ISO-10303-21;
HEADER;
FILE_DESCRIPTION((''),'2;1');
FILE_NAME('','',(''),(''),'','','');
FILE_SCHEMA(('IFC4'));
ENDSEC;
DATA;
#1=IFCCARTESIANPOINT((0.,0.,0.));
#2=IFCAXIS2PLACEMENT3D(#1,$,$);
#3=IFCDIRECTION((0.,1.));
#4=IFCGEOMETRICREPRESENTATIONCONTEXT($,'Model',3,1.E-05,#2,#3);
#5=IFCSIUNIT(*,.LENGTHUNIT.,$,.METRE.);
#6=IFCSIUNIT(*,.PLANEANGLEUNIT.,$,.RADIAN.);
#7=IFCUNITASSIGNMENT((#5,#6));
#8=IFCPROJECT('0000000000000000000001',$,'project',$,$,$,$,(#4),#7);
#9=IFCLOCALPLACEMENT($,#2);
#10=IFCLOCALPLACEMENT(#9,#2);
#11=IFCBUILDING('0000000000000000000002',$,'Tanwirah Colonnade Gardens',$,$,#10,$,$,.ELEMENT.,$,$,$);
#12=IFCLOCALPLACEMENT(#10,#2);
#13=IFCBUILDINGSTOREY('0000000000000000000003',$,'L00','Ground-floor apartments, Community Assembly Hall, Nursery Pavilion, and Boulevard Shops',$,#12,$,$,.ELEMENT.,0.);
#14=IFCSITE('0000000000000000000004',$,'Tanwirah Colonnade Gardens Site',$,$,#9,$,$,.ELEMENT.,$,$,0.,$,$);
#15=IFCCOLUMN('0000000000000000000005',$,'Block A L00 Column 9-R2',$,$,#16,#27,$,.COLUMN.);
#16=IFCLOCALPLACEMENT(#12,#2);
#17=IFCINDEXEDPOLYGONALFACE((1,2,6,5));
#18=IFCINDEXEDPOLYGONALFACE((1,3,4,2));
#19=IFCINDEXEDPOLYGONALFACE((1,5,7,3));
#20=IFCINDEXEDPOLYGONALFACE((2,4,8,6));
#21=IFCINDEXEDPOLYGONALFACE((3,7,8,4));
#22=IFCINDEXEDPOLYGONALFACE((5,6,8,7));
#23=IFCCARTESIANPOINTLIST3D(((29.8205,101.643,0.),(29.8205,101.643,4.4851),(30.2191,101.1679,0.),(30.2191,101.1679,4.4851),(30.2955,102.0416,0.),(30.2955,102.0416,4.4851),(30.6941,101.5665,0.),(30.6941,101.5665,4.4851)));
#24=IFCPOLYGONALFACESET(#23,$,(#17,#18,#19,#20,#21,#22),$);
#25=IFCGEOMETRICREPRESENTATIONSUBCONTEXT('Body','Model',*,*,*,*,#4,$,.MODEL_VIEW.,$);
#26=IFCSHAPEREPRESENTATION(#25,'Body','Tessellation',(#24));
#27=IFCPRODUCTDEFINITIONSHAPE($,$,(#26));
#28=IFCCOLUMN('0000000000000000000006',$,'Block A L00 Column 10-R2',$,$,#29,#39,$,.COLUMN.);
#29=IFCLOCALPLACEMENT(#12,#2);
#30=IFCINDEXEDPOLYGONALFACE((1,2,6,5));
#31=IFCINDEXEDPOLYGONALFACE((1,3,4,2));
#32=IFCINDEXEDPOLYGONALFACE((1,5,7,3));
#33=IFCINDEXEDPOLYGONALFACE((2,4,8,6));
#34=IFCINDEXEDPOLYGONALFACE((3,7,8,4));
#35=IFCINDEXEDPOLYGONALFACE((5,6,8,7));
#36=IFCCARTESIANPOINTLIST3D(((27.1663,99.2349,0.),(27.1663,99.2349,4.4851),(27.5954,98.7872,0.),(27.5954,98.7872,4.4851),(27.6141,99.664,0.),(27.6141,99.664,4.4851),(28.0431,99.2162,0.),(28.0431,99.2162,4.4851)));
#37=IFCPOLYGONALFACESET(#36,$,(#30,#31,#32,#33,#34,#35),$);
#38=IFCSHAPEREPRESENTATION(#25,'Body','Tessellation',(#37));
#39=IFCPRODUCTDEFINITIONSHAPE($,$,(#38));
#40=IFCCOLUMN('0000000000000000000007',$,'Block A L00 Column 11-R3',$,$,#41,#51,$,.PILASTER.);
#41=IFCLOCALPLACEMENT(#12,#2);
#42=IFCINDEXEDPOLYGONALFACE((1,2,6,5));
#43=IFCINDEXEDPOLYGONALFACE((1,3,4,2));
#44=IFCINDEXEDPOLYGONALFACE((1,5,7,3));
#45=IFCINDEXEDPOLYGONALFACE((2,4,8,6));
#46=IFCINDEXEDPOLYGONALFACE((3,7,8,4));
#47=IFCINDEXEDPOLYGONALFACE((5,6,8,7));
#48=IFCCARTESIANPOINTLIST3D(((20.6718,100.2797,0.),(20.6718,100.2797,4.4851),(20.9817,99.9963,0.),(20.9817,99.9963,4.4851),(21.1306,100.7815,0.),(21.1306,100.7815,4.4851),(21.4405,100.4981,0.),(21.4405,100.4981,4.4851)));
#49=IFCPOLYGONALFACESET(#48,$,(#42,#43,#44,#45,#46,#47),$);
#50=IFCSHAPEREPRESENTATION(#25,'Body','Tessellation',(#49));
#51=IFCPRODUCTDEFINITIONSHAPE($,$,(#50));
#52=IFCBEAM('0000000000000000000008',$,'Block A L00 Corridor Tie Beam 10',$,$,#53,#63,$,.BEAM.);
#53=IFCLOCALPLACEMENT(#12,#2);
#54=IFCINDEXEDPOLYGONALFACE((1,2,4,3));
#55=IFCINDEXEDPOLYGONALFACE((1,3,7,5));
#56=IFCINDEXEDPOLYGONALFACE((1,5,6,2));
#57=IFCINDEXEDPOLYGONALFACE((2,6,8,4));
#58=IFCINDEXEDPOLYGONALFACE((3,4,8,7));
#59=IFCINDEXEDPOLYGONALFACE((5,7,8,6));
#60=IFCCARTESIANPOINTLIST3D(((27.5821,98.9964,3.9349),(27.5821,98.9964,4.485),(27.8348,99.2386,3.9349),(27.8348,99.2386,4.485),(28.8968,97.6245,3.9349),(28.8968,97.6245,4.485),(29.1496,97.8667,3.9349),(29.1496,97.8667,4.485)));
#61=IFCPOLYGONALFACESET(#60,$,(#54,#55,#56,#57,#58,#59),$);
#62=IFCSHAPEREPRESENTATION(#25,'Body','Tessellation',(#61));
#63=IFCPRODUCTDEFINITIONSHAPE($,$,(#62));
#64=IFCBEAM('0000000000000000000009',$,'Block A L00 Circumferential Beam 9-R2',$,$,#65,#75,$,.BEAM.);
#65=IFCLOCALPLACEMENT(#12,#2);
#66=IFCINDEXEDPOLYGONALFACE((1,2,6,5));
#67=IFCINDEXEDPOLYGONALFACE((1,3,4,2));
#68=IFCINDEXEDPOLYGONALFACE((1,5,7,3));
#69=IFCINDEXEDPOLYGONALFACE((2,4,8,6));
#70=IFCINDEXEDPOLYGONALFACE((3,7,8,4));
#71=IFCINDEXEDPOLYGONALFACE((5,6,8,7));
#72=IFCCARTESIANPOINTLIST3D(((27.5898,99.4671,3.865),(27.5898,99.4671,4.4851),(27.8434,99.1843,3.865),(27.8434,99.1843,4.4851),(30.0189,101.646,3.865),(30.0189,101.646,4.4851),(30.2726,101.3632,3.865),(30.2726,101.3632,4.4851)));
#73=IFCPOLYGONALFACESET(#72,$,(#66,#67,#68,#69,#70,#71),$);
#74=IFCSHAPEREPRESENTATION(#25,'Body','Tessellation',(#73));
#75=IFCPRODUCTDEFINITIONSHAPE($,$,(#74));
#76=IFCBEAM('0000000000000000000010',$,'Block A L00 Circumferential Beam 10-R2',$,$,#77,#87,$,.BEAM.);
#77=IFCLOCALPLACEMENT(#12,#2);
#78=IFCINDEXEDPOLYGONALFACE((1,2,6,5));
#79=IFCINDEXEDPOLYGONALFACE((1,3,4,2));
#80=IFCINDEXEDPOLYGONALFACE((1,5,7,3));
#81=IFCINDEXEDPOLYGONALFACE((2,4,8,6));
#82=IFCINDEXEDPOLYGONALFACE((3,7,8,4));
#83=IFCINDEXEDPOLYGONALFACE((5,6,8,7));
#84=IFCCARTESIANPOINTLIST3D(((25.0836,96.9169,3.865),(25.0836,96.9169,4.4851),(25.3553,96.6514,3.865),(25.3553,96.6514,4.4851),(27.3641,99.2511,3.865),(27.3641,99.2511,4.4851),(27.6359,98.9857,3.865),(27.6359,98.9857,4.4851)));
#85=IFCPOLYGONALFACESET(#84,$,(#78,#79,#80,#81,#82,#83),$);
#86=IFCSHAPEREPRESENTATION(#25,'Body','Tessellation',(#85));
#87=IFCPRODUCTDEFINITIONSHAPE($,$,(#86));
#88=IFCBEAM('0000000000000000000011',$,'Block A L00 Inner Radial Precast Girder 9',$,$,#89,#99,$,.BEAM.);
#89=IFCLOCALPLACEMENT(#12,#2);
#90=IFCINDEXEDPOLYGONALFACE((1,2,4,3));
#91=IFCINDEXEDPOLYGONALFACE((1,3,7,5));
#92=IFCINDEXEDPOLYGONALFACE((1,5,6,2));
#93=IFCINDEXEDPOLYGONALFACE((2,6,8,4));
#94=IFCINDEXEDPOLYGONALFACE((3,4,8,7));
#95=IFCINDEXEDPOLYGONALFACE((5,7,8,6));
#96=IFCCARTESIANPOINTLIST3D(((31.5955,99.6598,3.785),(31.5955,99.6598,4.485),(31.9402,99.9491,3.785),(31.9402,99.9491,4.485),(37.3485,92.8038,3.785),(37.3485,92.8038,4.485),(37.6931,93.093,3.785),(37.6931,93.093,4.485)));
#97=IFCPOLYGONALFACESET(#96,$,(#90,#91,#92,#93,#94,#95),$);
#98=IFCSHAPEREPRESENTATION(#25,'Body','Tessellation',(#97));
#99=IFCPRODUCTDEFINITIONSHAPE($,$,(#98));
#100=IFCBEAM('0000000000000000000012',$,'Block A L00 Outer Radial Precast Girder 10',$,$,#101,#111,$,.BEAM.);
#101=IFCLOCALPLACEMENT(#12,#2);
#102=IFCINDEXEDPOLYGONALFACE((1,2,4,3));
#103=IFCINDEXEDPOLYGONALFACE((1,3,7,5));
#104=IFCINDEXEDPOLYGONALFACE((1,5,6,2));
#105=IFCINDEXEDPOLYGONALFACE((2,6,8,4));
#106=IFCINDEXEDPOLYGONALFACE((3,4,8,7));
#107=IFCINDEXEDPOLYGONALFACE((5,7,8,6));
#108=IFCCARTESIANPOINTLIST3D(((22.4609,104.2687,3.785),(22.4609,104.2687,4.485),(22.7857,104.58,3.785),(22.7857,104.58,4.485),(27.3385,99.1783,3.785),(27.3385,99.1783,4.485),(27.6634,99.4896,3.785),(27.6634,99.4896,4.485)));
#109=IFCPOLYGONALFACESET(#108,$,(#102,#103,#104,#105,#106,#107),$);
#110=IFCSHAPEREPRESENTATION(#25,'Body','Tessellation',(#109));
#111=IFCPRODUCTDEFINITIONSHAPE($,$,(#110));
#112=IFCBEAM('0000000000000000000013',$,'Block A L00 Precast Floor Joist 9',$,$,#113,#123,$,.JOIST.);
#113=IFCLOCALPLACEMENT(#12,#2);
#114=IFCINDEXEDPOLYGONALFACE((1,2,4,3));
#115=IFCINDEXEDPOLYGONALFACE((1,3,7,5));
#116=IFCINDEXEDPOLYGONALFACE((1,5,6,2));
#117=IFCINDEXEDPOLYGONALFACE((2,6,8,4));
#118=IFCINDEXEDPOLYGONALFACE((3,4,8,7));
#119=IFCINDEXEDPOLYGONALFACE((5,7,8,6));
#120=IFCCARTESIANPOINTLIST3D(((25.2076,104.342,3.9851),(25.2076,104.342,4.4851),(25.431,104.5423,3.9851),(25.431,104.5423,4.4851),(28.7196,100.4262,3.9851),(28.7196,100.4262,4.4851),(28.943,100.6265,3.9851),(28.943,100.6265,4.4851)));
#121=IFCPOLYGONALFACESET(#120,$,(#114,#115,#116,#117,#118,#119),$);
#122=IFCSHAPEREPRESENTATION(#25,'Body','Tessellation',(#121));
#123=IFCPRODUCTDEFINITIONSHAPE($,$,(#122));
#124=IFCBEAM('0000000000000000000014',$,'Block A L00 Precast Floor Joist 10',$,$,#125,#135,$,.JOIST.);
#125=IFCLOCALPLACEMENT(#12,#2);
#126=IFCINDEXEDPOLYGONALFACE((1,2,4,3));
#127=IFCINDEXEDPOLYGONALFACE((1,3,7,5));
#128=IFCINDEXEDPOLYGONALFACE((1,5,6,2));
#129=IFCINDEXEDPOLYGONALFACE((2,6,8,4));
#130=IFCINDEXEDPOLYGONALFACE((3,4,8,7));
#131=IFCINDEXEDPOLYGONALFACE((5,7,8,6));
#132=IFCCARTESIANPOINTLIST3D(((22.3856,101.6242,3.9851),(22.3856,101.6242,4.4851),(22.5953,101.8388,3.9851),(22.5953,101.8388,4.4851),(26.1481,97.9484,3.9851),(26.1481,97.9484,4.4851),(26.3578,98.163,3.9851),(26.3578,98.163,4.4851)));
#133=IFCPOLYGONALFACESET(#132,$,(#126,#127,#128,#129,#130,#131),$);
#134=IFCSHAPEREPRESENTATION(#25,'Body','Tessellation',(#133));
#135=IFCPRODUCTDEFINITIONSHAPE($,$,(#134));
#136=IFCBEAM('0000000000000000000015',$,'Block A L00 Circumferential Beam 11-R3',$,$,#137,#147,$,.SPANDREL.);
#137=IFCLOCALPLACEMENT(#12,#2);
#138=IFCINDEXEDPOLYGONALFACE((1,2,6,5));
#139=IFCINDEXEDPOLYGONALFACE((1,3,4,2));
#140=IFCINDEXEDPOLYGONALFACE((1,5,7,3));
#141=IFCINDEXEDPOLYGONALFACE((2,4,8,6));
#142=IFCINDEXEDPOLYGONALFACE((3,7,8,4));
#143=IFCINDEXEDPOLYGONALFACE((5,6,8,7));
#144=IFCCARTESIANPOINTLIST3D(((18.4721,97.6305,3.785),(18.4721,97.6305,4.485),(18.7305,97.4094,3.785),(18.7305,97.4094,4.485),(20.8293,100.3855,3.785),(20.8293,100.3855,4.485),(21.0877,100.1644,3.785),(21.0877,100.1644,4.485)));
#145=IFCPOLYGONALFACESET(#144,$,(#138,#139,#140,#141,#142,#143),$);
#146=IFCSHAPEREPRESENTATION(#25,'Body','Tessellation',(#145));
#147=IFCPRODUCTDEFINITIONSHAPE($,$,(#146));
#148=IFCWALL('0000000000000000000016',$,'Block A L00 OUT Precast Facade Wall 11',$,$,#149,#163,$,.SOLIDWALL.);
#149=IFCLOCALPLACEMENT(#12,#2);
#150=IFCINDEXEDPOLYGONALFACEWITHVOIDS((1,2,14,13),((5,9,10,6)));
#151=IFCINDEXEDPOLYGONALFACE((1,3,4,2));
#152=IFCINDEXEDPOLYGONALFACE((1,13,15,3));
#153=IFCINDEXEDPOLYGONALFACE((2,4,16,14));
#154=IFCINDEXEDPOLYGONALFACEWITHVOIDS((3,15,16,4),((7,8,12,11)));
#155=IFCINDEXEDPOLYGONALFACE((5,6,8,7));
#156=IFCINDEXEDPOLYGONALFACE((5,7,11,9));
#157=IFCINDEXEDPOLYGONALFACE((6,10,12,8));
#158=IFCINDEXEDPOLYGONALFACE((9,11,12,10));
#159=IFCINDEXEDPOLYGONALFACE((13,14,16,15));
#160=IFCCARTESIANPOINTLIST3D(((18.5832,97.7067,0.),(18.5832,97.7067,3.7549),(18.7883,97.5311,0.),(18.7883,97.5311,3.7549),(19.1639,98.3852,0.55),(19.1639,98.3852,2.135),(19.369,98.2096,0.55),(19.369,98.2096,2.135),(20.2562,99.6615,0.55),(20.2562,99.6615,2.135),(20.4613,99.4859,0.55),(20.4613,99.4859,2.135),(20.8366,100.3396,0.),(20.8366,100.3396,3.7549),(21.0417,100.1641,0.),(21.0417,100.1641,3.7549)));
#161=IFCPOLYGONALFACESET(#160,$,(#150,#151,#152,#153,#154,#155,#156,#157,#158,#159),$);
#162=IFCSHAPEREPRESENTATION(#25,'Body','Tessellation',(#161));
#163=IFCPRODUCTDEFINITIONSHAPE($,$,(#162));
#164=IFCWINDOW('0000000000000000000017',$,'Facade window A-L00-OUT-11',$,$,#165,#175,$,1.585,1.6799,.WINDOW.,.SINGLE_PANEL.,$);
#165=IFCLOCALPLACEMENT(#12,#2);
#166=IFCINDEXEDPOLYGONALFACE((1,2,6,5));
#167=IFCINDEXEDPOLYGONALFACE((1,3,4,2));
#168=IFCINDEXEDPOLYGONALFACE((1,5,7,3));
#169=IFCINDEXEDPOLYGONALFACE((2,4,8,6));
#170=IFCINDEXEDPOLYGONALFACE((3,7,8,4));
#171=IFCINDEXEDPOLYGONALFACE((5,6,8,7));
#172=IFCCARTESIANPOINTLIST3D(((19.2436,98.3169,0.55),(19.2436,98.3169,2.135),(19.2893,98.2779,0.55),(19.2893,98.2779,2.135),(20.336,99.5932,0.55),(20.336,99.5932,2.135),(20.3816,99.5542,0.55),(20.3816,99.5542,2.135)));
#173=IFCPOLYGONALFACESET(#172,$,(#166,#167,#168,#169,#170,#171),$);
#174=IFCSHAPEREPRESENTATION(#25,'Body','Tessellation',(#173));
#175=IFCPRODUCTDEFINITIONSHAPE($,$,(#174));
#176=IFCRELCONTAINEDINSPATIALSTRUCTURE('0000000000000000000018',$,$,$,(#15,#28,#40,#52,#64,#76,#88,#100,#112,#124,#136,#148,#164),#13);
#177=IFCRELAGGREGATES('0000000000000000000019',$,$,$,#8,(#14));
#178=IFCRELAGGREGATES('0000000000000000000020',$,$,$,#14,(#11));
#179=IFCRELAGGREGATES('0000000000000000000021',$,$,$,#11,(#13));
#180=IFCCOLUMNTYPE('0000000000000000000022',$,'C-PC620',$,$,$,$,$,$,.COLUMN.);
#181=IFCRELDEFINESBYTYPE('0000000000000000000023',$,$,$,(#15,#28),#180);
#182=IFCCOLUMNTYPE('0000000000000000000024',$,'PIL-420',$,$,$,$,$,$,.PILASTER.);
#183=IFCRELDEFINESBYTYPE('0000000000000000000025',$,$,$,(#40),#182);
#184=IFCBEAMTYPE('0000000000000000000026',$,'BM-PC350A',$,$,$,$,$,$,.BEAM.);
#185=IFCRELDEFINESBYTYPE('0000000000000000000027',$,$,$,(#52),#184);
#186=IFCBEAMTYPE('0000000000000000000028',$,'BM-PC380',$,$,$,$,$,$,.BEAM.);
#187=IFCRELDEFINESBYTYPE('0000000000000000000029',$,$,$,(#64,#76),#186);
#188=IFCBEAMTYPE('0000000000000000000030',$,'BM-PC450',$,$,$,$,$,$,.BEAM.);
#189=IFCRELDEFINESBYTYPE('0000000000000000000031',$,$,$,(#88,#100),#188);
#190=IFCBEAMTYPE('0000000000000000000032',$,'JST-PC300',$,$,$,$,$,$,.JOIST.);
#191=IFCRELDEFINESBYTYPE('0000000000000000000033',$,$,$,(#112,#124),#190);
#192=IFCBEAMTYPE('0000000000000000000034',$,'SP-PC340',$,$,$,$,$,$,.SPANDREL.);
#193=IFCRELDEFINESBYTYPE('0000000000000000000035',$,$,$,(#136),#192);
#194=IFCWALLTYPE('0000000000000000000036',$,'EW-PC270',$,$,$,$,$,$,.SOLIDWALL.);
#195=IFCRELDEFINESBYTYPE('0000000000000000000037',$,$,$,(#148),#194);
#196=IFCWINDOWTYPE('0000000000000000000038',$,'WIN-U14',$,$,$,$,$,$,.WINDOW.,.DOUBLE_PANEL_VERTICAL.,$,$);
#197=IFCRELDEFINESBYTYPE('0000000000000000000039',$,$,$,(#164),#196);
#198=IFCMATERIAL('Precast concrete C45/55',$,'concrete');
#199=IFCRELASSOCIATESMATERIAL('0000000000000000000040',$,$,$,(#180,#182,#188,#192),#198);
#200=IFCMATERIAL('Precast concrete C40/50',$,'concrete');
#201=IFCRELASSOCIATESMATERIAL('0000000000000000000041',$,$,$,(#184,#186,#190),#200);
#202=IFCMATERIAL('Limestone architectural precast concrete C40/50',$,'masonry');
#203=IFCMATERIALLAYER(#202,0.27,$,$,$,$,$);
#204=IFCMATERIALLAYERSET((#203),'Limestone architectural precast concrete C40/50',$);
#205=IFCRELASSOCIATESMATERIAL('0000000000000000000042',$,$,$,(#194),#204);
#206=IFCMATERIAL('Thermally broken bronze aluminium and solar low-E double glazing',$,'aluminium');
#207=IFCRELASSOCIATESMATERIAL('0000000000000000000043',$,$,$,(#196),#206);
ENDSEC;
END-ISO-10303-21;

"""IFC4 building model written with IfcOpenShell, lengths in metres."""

from ifc_helpers import new_model, si_unit, direction, frame, frame_2d, origin, origin_2d, place, context, subcontext, project, spatial, rectangle, extrude, material, layer, layer_set, material_profile, profile_set, type_object, element, fill, save


model = new_model("IFC4")

# Units and contexts
model_context = context("Model", 3, precision=1e-05, world=origin(), true_north=direction((0.0, 1.0)))
body_context = subcontext(model_context, "Body", "Model", "MODEL_VIEW")
ifc_project = project(units=[si_unit("LENGTHUNIT", "METRE"), si_unit("PLANEANGLEUNIT", "RADIAN")], contexts=[model_context])

# Site, building, storey
site_placement = place(None, origin())
site = spatial("IfcSite", under=ifc_project, at=site_placement, Name="Tanwirah Colonnade Gardens Site", CompositionType="ELEMENT", RefElevation=0.0)
building_placement = place(site_placement, origin())
building = spatial("IfcBuilding", under=site, at=building_placement, Name="Tanwirah Colonnade Gardens", CompositionType="ELEMENT")
storey_placement = place(building_placement, origin())
storey = spatial("IfcBuildingStorey", under=building, at=storey_placement, Name="L00", Description="Ground-floor apartments, Community Assembly Hall, Nursery Pavilion, and Boulevard Shops", CompositionType="ELEMENT", Elevation=0.0)

# Columns
ifc_material_1 = material(Name="Precast concrete C45/55", Category="concrete")
ifc_material_profile_1 = material_profile(ifc_material_1, rectangle(XDim=0.6201, YDim=0.6201, at=origin_2d()), Name="PC-COL 620x620")
ifc_profile_set_1 = profile_set([ifc_material_profile_1], Name="Precast concrete C45/55")
column_type_1 = type_object("IfcColumnType", Name="C-PC620", PredefinedType="COLUMN", material=ifc_profile_set_1)
for number, where, z_axis, x_axis, name in (
    (1, (30.2573, 101.6047, 0.0), (0.0, 0.0, 1.0), (-0.642788, 0.766044, 0.0), "Block A L00 Column 9-R2"),
    (2, (27.6047, 99.2256, 0.0), (0.0, 0.0, 1.0), (-0.691863, 0.722029, 0.0), "Block A L00 Column 10-R2"),
):
    element("IfcColumn", number, at=place(storey_placement, frame(where, z_axis=z_axis, x_axis=x_axis)), inside=storey, type_object=column_type_1, Name=name, PredefinedType="COLUMN", context=body_context, shape_type="SweptSolid", body=[
        extrude(rectangle(XDim=0.6201, YDim=0.6201, at=origin_2d()), origin(), (0.0, 0.0, 1.0), 4.4851),
    ])
ifc_material_profile_2 = material_profile(ifc_material_1, rectangle(XDim=0.4199, YDim=0.6799, at=origin_2d()), Name="PC-PIL 420x680")
ifc_profile_set_2 = profile_set([ifc_material_profile_2], Name="Precast concrete C45/55")
column_type_2 = type_object("IfcColumnType", Name="PIL-420", PredefinedType="PILASTER", material=ifc_profile_set_2)
column_placement = place(storey_placement, frame((21.0562, 100.3889, 0.0), z_axis=(0.0, 0.0, 1.0), x_axis=(-0.737932, 0.674875, 0.0)))
element("IfcColumn", 3, at=column_placement, inside=storey, type_object=column_type_2, Name="Block A L00 Column 11-R3", PredefinedType="PILASTER", context=body_context, shape_type="SweptSolid", body=[
    extrude(rectangle(XDim=0.4199, YDim=0.6799, at=origin_2d()), origin(), (0.0, 0.0, 1.0), 4.4851),
])

# Beams
ifc_material_2 = material(Name="Precast concrete C40/50", Category="concrete")
ifc_material_profile_3 = material_profile(ifc_material_2, rectangle(XDim=0.3501, YDim=0.55, at=origin_2d()), Name="PC-BM 350x550")
ifc_profile_set_3 = profile_set([ifc_material_profile_3], Name="Precast concrete C40/50")
beam_type_1 = type_object("IfcBeamType", Name="BM-PC350A", PredefinedType="BEAM", material=ifc_profile_set_3)
beam_1_placement = place(storey_placement, frame((29.0232, 97.7456, 4.21), z_axis=(-0.691914, 0.72198, 0.0), x_axis=(-0.72198, -0.691914, 0.0)))
element("IfcBeam", 4, at=beam_1_placement, inside=storey, type_object=beam_type_1, Name="Block A L00 Corridor Tie Beam 10", PredefinedType="BEAM", context=body_context, shape_type="SweptSolid", body=[
    extrude(rectangle(XDim=0.3501, YDim=0.55, at=origin_2d()), origin(), (0.0, 0.0, 1.0), 1.9001),
])
ifc_material_profile_4 = material_profile(ifc_material_2, rectangle(XDim=0.3799, YDim=0.6201, at=origin_2d()), Name="PC-BM 380x620")
ifc_profile_set_4 = profile_set([ifc_material_profile_4], Name="Precast concrete C40/50")
beam_type_2 = type_object("IfcBeamType", Name="BM-PC380", PredefinedType="BEAM", material=ifc_profile_set_4)
beam_2_placement = place(storey_placement, frame((30.1458, 101.5046, 4.175), z_axis=(-0.744409, -0.667724, 0.0), x_axis=(0.667724, -0.744409, 0.0)))
element("IfcBeam", 5, at=beam_2_placement, inside=storey, type_object=beam_type_2, Name="Block A L00 Circumferential Beam 9-R2", PredefinedType="BEAM", context=body_context, shape_type="SweptSolid", body=[
    extrude(rectangle(XDim=0.3799, YDim=0.6201, at=origin_2d()), origin(), (0.0, 0.0, 1.0), 3.2632),
])
beam_3_placement = place(storey_placement, frame((27.5, 99.1184, 4.175), z_axis=(-0.698829, -0.715288, 0.0), x_axis=(0.715288, -0.698829, 0.0)))
element("IfcBeam", 6, at=beam_3_placement, inside=storey, type_object=beam_type_2, Name="Block A L00 Circumferential Beam 10-R2", PredefinedType="BEAM", context=body_context, shape_type="SweptSolid", body=[
    extrude(rectangle(XDim=0.3799, YDim=0.6201, at=origin_2d()), origin(), (0.0, 0.0, 1.0), 3.2634),
])
ifc_material_profile_5 = material_profile(ifc_material_1, rectangle(XDim=0.45, YDim=0.7, at=origin_2d()), Name="PC-BM 450x700")
ifc_profile_set_5 = profile_set([ifc_material_profile_5], Name="Precast concrete C45/55")
beam_type_3 = type_object("IfcBeamType", Name="BM-PC450", PredefinedType="BEAM", material=ifc_profile_set_5)
beam_4_placement = place(storey_placement, frame((31.7678, 99.8044, 4.135), z_axis=(0.642794, -0.766039, 0.0), x_axis=(0.766039, 0.642794, 0.0)))
element("IfcBeam", 7, at=beam_4_placement, inside=storey, type_object=beam_type_3, Name="Block A L00 Inner Radial Precast Girder 9", PredefinedType="BEAM", context=body_context, shape_type="SweptSolid", body=[
    extrude(rectangle(XDim=0.45, YDim=0.7, at=origin_2d()), origin(), (0.0, 0.0, 1.0), 8.95),
])
beam_5_placement = place(storey_placement, frame((27.501, 99.334, 4.135), z_axis=(-0.691865, 0.722027, 0.0), x_axis=(-0.722027, -0.691865, 0.0)))
element("IfcBeam", 8, at=beam_5_placement, inside=storey, type_object=beam_type_3, Name="Block A L00 Outer Radial Precast Girder 10", PredefinedType="BEAM", context=body_context, shape_type="SweptSolid", body=[
    extrude(rectangle(XDim=0.45, YDim=0.7, at=origin_2d()), origin(), (0.0, 0.0, 1.0), 7.05),
])
ifc_material_profile_6 = material_profile(ifc_material_2, rectangle(XDim=0.3, YDim=0.5, at=origin_2d()), Name="PC-JST 300x500")
ifc_profile_set_6 = profile_set([ifc_material_profile_6], Name="Precast concrete C40/50")
beam_type_4 = type_object("IfcBeamType", Name="JST-PC300", PredefinedType="JOIST", material=ifc_profile_set_6)
for number, where, z_axis, x_axis, name in (
    (9, (28.8313, 100.5264, 4.2351), (-0.667679, 0.744449, 0.0), (-0.744449, -0.667679, 0.0), "Block A L00 Precast Floor Joist 9"),
    (10, (26.2529, 98.0557, 4.2351), (-0.715297, 0.69882, 0.0), (-0.69882, -0.715297, 0.0), "Block A L00 Precast Floor Joist 10"),
):
    element("IfcBeam", number, at=place(storey_placement, frame(where, z_axis=z_axis, x_axis=x_axis)), inside=storey, type_object=beam_type_4, Name=name, PredefinedType="JOIST", context=body_context, shape_type="SweptSolid", body=[
        extrude(rectangle(XDim=0.3, YDim=0.5, at=origin_2d()), origin(), (0.0, 0.0, 1.0), 5.26),
    ])
ifc_material_profile_7 = material_profile(ifc_material_1, rectangle(XDim=0.3401, YDim=0.7, at=origin_2d()), Name="PC-SP 340x700")
ifc_profile_set_7 = profile_set([ifc_material_profile_7], Name="Precast concrete C45/55")
beam_type_5 = type_object("IfcBeamType", Name="SP-PC340", PredefinedType="SPANDREL", material=ifc_profile_set_7)
beam_6_placement = place(storey_placement, frame((20.9585, 100.2749, 4.135), z_axis=(-0.650131, -0.759822, 0.0), x_axis=(0.759822, -0.650131, 0.0)))
element("IfcBeam", 11, at=beam_6_placement, inside=storey, type_object=beam_type_5, Name="Block A L00 Circumferential Beam 11-R3", PredefinedType="SPANDREL", context=body_context, shape_type="SweptSolid", body=[
    extrude(rectangle(XDim=0.3401, YDim=0.7, at=origin_2d()), origin(), (0.0, 0.0, 1.0), 3.6257),
])

# Wall, opening, window
ifc_material_3 = material(Name="Limestone architectural precast concrete C40/50", Category="masonry")
ifc_layer_1 = layer(ifc_material_3, 0.27)
ifc_layer_set_1 = layer_set([ifc_layer_1], Name="Limestone architectural precast concrete C40/50")
wall_type_1 = type_object("IfcWallType", Name="EW-PC270", PredefinedType="SOLIDWALL", material=ifc_layer_set_1)
wall_1_placement = place(storey_placement, frame((20.9392, 100.252, 0.0), z_axis=(0.0, 0.0, 1.0), x_axis=(-0.650211, -0.759754, 0.0)))
wall_1 = element("IfcWall", 12, at=wall_1_placement, inside=storey, type_object=wall_type_1, Name="Block A L00 OUT Precast Facade Wall 11", PredefinedType="SOLIDWALL", context=body_context, shape_type="SweptSolid", body=[
    extrude(rectangle(XDim=3.4656, YDim=0.27, at=frame_2d((1.7329, 0.0))), origin(), (0.0, 0.0, 1.0), 3.7549),
])
opening_1_placement = place(wall_1_placement, frame((0.8928, 0.0, 0.55)))
opening_1 = element("IfcOpeningElement", 13, at=opening_1_placement, cuts=wall_1, PredefinedType="OPENING", context=body_context, shape_type="SweptSolid", body=[
    extrude(rectangle(XDim=1.6799, YDim=1.585, at=frame_2d((0.8398, 0.7925))), frame((0.0, 0.145, 0.0), z_axis=(0.0, -1.0, 0.0), x_axis=(1.0, 0.0, 0.0)), (0.0, 0.0, 1.0), 0.29),
])
ifc_material_4 = material(Name="Thermally broken bronze aluminium and solar low-E double glazing", Category="aluminium")
window_type = type_object("IfcWindowType", Name="WIN-U14", PartitioningType="DOUBLE_PANEL_VERTICAL", PredefinedType="WINDOW", material=ifc_material_4)
window_placement = place(opening_1_placement, origin())
window = element("IfcWindow", 14, at=window_placement, inside=storey, type_object=window_type, Name="Facade window A-L00-OUT-11", OverallHeight=1.585, OverallWidth=1.6799, PartitioningType="SINGLE_PANEL", PredefinedType="WINDOW", context=body_context, shape_type="SweptSolid", body=[
    extrude(rectangle(XDim=1.6799, YDim=1.585, at=frame_2d((0.8398, 0.7925))), frame((0.0, 0.03, 0.0), z_axis=(0.0, -1.0, 0.0), x_axis=(1.0, 0.0, 0.0)), (0.0, 0.0, 1.0), 0.0601),
])
fill(opening_1, window)

save(model, "model.ifc")
